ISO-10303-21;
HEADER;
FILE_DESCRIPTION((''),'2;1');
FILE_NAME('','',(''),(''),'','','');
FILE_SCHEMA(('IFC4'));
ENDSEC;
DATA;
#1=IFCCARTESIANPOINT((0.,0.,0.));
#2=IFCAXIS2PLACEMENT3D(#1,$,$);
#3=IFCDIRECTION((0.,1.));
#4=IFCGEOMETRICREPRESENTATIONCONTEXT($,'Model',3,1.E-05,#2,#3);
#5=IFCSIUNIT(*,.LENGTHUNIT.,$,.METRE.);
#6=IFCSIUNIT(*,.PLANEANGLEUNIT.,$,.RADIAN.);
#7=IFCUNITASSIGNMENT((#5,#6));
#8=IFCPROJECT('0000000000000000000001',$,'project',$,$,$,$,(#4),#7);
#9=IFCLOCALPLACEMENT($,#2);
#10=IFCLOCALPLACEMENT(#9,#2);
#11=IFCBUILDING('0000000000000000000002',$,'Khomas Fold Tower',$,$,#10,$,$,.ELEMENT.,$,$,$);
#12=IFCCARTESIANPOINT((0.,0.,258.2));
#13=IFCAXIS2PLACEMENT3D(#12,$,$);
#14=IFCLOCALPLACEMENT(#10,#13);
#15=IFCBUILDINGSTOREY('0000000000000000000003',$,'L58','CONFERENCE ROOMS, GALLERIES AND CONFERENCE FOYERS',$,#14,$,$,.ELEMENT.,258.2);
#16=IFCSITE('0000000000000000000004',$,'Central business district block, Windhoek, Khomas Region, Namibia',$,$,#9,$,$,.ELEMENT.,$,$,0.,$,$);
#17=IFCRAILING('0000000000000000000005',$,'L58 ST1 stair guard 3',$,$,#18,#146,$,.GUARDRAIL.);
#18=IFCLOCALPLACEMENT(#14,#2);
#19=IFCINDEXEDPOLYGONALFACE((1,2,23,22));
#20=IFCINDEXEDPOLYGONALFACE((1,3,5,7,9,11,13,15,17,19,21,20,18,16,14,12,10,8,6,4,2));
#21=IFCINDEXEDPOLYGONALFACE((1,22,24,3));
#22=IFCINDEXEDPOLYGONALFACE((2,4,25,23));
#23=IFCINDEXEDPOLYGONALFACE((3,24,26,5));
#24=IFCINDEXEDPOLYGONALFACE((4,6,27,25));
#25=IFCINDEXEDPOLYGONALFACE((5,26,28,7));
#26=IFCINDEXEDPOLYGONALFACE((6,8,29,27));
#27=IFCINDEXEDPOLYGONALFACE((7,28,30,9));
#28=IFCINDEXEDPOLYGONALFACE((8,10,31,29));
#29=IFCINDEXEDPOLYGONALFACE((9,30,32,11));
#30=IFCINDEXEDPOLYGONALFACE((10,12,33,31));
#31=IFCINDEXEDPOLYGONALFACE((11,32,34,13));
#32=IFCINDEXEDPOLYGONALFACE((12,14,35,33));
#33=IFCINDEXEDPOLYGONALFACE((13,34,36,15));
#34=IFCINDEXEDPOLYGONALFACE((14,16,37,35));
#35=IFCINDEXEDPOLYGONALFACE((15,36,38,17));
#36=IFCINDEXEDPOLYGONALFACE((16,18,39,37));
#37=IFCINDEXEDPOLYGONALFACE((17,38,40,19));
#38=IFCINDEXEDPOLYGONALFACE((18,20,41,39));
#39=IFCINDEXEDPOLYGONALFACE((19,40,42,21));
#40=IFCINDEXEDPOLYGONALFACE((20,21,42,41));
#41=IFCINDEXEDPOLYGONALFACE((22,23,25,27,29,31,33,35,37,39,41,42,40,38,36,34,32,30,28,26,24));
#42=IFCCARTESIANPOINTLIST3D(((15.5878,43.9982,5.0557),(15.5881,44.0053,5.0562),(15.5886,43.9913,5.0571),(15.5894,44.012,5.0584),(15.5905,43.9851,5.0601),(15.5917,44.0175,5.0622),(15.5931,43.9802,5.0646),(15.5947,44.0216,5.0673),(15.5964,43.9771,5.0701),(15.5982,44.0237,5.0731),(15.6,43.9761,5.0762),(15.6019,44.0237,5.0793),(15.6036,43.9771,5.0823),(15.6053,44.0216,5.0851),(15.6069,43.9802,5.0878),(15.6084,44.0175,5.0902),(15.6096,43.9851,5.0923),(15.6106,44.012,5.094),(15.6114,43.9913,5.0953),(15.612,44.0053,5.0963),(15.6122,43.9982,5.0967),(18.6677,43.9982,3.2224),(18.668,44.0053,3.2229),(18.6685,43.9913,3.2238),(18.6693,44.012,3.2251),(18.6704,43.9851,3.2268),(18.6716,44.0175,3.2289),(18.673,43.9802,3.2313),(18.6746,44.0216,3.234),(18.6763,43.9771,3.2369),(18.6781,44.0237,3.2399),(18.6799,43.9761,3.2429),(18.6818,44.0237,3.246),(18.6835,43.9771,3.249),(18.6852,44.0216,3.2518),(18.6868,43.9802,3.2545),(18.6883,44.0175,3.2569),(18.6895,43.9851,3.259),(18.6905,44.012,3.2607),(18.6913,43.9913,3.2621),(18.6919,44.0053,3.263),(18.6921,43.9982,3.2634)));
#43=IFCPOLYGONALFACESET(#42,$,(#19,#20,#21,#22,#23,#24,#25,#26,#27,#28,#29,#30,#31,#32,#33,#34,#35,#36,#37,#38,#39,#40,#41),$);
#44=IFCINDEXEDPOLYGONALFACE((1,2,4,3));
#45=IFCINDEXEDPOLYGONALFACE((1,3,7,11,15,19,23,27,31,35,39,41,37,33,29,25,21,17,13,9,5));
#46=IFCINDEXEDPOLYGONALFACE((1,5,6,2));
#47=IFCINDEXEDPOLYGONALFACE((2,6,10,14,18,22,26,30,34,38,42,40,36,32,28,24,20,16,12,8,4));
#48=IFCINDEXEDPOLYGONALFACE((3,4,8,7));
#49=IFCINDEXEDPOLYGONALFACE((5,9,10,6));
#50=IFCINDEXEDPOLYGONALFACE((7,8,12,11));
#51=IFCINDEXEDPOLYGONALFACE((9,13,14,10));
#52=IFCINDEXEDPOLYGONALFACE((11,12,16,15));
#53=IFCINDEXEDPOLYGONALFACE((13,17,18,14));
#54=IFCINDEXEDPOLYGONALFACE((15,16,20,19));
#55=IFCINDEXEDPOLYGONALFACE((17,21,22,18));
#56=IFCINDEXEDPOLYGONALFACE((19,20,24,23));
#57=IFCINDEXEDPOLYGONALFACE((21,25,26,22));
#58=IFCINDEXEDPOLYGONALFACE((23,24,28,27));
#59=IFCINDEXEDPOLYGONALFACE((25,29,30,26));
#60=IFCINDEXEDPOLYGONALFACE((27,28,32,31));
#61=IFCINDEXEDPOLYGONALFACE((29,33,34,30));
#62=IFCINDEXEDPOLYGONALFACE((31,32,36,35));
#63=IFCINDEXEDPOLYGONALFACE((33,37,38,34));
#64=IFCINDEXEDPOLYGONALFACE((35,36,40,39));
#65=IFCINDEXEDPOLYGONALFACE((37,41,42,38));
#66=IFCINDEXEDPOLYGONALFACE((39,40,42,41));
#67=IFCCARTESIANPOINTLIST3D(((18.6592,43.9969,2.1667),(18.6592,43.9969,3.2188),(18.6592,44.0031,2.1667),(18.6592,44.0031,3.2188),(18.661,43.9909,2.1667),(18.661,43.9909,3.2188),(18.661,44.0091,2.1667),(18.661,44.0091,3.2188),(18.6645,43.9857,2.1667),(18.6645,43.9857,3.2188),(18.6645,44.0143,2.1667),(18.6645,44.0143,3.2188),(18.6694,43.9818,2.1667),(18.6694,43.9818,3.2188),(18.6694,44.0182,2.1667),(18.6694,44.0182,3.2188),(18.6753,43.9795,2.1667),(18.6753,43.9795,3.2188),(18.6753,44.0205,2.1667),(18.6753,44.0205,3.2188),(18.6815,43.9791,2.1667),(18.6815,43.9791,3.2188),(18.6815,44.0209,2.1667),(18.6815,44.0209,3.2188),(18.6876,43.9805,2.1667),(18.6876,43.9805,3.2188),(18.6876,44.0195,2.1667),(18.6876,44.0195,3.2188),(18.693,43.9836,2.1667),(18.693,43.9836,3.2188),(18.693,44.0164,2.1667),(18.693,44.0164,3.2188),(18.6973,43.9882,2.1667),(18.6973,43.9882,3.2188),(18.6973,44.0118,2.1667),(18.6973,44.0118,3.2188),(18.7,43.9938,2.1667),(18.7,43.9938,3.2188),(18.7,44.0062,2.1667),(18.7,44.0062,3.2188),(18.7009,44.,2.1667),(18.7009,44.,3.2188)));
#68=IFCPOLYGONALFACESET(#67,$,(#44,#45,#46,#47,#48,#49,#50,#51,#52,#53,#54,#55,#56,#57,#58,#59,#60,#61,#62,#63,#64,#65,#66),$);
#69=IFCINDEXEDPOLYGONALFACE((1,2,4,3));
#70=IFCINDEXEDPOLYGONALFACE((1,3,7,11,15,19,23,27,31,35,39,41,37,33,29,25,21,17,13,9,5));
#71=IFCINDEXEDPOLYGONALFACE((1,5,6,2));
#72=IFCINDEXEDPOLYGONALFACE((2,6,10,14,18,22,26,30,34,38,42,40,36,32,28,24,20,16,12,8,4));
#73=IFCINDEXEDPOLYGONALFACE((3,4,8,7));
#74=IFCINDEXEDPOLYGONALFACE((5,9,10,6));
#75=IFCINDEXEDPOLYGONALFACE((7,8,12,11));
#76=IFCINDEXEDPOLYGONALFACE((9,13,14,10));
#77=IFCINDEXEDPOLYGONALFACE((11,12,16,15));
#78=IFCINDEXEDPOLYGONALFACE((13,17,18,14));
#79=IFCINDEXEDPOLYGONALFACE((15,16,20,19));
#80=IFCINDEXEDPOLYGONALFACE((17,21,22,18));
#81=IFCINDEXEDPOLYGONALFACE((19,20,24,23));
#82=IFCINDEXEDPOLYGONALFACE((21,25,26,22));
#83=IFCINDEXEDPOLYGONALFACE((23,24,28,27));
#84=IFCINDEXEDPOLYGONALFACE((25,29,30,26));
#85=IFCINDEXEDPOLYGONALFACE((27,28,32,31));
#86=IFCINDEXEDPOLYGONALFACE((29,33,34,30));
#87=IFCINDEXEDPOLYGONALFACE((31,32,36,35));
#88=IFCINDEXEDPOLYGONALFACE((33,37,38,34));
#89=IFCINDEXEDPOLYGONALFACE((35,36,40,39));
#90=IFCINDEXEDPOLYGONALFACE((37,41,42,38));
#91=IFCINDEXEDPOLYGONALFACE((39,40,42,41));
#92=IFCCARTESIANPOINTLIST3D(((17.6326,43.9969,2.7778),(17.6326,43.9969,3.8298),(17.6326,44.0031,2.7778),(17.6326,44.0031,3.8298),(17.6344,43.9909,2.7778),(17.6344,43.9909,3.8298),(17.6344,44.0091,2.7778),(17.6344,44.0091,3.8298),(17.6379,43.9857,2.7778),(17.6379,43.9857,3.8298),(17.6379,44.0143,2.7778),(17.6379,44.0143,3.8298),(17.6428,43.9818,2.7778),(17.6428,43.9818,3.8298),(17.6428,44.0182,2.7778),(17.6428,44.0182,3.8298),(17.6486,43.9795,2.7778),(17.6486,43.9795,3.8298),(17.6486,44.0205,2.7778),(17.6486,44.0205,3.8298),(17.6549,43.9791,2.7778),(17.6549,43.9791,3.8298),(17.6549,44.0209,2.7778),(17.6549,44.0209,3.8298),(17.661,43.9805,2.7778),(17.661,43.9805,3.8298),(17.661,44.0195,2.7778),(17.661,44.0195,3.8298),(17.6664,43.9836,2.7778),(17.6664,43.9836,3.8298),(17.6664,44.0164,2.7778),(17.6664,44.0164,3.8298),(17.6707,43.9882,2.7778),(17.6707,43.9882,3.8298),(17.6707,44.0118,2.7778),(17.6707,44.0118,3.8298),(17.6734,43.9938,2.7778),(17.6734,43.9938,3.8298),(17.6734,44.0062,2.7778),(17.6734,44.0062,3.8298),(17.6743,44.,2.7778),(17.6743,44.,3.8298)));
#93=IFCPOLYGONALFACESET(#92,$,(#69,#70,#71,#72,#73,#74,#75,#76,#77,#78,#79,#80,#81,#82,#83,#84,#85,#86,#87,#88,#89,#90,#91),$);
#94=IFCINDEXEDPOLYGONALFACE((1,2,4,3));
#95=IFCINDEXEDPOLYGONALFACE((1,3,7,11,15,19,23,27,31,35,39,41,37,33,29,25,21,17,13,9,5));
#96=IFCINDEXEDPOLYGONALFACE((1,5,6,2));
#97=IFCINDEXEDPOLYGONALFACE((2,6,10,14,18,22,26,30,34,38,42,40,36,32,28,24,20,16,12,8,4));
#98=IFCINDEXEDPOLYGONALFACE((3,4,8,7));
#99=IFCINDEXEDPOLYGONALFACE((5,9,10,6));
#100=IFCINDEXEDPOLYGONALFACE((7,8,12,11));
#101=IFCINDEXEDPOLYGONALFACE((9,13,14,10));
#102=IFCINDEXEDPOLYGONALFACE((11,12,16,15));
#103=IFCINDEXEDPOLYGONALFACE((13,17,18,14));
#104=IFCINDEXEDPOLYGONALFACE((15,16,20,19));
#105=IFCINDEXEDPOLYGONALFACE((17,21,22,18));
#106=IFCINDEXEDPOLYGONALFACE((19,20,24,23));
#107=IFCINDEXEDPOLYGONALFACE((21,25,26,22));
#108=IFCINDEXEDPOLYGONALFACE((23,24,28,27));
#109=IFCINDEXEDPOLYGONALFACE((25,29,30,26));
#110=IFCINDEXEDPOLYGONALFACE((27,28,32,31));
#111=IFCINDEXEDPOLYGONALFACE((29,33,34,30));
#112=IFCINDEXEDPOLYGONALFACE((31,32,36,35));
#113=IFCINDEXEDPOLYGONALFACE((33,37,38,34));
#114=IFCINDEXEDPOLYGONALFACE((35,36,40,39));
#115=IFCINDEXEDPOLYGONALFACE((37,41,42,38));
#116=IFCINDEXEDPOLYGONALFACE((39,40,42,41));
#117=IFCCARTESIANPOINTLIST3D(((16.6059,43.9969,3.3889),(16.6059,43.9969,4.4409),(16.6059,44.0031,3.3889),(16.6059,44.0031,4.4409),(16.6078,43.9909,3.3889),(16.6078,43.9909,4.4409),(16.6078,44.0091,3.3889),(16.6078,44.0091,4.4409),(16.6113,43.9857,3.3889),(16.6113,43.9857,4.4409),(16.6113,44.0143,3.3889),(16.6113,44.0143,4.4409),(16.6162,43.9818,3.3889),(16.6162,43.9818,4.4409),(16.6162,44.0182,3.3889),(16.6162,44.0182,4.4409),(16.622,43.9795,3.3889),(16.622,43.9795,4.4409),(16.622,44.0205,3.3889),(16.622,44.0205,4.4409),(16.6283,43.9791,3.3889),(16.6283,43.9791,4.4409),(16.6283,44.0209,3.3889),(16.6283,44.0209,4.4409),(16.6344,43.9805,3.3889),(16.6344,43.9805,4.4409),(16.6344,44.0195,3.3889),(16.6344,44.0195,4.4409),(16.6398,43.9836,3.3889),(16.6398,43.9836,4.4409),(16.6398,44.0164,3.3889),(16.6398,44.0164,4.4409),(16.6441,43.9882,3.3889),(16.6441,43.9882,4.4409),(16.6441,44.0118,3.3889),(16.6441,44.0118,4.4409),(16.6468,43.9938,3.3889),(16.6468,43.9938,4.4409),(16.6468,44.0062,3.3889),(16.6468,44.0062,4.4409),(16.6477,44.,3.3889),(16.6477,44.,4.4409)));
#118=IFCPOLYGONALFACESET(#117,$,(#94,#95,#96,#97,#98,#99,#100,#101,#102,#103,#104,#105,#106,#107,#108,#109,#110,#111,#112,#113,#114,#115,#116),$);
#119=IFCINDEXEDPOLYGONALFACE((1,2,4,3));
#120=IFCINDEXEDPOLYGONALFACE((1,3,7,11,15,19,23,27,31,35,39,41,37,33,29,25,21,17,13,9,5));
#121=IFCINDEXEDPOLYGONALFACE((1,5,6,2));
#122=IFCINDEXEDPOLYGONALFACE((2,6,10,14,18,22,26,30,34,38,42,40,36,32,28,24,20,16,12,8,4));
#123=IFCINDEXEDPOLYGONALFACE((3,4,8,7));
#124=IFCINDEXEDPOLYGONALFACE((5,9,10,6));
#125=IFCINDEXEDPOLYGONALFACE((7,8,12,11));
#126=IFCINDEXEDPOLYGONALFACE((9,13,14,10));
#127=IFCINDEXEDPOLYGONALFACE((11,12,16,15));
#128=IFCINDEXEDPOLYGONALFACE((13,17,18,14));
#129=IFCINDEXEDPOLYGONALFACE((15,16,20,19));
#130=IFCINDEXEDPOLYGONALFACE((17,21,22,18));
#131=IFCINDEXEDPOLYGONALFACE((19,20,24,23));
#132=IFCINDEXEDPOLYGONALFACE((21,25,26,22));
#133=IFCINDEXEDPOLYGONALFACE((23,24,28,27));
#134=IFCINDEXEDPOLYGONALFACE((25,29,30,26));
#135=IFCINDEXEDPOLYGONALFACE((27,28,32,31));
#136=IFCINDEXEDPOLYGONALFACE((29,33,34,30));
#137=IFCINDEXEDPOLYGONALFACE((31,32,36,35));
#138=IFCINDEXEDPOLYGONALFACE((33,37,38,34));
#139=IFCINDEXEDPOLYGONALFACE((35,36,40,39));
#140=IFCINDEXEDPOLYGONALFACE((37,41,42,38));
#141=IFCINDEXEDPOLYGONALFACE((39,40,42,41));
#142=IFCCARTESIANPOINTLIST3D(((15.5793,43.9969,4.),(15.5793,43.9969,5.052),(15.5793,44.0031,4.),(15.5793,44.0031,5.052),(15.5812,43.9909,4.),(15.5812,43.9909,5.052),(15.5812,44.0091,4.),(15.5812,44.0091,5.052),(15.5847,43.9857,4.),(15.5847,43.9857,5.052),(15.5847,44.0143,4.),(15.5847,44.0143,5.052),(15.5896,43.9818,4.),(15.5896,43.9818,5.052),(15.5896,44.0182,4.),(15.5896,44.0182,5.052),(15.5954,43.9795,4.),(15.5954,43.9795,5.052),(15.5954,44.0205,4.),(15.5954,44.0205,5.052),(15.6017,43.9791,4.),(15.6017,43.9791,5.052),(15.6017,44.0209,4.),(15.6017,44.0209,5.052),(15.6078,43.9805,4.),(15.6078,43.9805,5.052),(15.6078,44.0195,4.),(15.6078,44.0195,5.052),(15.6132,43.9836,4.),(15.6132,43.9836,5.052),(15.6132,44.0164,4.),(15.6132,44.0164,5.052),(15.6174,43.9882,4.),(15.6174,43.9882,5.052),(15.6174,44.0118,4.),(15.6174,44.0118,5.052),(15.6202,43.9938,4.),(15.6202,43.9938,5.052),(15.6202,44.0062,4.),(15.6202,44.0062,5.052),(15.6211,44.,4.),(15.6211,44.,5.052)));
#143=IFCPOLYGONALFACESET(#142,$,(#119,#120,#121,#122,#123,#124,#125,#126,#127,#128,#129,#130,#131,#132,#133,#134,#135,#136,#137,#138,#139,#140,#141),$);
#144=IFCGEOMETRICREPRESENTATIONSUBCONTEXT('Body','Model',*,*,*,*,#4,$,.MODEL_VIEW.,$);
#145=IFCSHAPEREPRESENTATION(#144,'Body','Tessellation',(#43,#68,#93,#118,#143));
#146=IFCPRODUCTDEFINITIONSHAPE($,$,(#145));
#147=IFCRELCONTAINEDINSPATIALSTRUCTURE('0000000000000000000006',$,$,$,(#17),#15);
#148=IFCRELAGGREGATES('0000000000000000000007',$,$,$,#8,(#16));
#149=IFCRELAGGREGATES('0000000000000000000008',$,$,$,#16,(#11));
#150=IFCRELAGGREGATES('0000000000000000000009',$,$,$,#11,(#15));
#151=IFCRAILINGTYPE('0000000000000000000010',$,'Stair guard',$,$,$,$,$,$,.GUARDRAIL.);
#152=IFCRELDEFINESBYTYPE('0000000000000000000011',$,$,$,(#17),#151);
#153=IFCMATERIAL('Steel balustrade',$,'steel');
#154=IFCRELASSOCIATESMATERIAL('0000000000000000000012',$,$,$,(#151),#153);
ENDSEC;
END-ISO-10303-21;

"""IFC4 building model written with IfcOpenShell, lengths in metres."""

from ifc_helpers import new_model, si_unit, direction, frame, origin, origin_2d, place, context, subcontext, project, spatial, circle, extrude, source, transform, mapped, material, type_object, element, save


model = new_model("IFC4")

# Units and contexts
model_context = context("Model", 3, precision=1e-05, world=origin(), true_north=direction((0.0, 1.0)))
body_context = subcontext(model_context, "Body", "Model", "MODEL_VIEW")
ifc_project = project(units=[si_unit("LENGTHUNIT", "METRE"), si_unit("PLANEANGLEUNIT", "RADIAN")], contexts=[model_context])

# Site, building, storey
site_placement = place(None, origin())
site = spatial("IfcSite", under=ifc_project, at=site_placement, Name="Central business district block, Windhoek, Khomas Region, Namibia", CompositionType="ELEMENT", RefElevation=0.0)
building_placement = place(site_placement, origin())
building = spatial("IfcBuilding", under=site, at=building_placement, Name="Khomas Fold Tower", CompositionType="ELEMENT")
storey_placement = place(building_placement, frame((0.0, 0.0, 258.2)))
storey = spatial("IfcBuildingStorey", under=building, at=storey_placement, Name="L58", Description="CONFERENCE ROOMS, GALLERIES AND CONFERENCE FOYERS", CompositionType="ELEMENT", Elevation=258.2)

# Railing
ifc_material_1 = material(Name="Steel balustrade", Category="steel")
railing_type_1 = type_object("IfcRailingType", Name="Stair guard", PredefinedType="GUARDRAIL", material=ifc_material_1)
shared_shape_1 = source(origin(), body_context, "Body", "SweptSolid", [
    extrude(circle(Radius=0.0239, at=origin_2d()), frame((0.0, 0.0, 1.0762), z_axis=(-0.859291, 0.0, 0.511487), x_axis=(0.0, -1.0, 0.0)), (0.0, 0.0, 1.0), 3.5842),
    extrude(circle(Radius=0.021, at=origin_2d()), origin(), (0.0, 0.0, 1.0), 1.052),
    extrude(circle(Radius=0.021, at=origin_2d()), frame((-1.0266, 0.0, 0.6111)), (0.0, 0.0, 1.0), 1.052),
    extrude(circle(Radius=0.021, at=origin_2d()), frame((-2.0532, 0.0, 1.2222)), (0.0, 0.0, 1.0), 1.052),
    extrude(circle(Radius=0.021, at=origin_2d()), frame((-3.0798, 0.0, 1.8333)), (0.0, 0.0, 1.0), 1.052),
])
railing_1_placement = place(storey_placement, frame((18.6799, 44.0, 2.1667)))
element("IfcRailing", 1, at=railing_1_placement, inside=storey, type_object=railing_type_1, Name="L58 ST1 stair guard 3", PredefinedType="GUARDRAIL", context=body_context, shape_type="MappedRepresentation", body=[
    mapped(shared_shape_1, transform((0.0, 0.0, 0.0))),
])

save(model, "model.ifc")
